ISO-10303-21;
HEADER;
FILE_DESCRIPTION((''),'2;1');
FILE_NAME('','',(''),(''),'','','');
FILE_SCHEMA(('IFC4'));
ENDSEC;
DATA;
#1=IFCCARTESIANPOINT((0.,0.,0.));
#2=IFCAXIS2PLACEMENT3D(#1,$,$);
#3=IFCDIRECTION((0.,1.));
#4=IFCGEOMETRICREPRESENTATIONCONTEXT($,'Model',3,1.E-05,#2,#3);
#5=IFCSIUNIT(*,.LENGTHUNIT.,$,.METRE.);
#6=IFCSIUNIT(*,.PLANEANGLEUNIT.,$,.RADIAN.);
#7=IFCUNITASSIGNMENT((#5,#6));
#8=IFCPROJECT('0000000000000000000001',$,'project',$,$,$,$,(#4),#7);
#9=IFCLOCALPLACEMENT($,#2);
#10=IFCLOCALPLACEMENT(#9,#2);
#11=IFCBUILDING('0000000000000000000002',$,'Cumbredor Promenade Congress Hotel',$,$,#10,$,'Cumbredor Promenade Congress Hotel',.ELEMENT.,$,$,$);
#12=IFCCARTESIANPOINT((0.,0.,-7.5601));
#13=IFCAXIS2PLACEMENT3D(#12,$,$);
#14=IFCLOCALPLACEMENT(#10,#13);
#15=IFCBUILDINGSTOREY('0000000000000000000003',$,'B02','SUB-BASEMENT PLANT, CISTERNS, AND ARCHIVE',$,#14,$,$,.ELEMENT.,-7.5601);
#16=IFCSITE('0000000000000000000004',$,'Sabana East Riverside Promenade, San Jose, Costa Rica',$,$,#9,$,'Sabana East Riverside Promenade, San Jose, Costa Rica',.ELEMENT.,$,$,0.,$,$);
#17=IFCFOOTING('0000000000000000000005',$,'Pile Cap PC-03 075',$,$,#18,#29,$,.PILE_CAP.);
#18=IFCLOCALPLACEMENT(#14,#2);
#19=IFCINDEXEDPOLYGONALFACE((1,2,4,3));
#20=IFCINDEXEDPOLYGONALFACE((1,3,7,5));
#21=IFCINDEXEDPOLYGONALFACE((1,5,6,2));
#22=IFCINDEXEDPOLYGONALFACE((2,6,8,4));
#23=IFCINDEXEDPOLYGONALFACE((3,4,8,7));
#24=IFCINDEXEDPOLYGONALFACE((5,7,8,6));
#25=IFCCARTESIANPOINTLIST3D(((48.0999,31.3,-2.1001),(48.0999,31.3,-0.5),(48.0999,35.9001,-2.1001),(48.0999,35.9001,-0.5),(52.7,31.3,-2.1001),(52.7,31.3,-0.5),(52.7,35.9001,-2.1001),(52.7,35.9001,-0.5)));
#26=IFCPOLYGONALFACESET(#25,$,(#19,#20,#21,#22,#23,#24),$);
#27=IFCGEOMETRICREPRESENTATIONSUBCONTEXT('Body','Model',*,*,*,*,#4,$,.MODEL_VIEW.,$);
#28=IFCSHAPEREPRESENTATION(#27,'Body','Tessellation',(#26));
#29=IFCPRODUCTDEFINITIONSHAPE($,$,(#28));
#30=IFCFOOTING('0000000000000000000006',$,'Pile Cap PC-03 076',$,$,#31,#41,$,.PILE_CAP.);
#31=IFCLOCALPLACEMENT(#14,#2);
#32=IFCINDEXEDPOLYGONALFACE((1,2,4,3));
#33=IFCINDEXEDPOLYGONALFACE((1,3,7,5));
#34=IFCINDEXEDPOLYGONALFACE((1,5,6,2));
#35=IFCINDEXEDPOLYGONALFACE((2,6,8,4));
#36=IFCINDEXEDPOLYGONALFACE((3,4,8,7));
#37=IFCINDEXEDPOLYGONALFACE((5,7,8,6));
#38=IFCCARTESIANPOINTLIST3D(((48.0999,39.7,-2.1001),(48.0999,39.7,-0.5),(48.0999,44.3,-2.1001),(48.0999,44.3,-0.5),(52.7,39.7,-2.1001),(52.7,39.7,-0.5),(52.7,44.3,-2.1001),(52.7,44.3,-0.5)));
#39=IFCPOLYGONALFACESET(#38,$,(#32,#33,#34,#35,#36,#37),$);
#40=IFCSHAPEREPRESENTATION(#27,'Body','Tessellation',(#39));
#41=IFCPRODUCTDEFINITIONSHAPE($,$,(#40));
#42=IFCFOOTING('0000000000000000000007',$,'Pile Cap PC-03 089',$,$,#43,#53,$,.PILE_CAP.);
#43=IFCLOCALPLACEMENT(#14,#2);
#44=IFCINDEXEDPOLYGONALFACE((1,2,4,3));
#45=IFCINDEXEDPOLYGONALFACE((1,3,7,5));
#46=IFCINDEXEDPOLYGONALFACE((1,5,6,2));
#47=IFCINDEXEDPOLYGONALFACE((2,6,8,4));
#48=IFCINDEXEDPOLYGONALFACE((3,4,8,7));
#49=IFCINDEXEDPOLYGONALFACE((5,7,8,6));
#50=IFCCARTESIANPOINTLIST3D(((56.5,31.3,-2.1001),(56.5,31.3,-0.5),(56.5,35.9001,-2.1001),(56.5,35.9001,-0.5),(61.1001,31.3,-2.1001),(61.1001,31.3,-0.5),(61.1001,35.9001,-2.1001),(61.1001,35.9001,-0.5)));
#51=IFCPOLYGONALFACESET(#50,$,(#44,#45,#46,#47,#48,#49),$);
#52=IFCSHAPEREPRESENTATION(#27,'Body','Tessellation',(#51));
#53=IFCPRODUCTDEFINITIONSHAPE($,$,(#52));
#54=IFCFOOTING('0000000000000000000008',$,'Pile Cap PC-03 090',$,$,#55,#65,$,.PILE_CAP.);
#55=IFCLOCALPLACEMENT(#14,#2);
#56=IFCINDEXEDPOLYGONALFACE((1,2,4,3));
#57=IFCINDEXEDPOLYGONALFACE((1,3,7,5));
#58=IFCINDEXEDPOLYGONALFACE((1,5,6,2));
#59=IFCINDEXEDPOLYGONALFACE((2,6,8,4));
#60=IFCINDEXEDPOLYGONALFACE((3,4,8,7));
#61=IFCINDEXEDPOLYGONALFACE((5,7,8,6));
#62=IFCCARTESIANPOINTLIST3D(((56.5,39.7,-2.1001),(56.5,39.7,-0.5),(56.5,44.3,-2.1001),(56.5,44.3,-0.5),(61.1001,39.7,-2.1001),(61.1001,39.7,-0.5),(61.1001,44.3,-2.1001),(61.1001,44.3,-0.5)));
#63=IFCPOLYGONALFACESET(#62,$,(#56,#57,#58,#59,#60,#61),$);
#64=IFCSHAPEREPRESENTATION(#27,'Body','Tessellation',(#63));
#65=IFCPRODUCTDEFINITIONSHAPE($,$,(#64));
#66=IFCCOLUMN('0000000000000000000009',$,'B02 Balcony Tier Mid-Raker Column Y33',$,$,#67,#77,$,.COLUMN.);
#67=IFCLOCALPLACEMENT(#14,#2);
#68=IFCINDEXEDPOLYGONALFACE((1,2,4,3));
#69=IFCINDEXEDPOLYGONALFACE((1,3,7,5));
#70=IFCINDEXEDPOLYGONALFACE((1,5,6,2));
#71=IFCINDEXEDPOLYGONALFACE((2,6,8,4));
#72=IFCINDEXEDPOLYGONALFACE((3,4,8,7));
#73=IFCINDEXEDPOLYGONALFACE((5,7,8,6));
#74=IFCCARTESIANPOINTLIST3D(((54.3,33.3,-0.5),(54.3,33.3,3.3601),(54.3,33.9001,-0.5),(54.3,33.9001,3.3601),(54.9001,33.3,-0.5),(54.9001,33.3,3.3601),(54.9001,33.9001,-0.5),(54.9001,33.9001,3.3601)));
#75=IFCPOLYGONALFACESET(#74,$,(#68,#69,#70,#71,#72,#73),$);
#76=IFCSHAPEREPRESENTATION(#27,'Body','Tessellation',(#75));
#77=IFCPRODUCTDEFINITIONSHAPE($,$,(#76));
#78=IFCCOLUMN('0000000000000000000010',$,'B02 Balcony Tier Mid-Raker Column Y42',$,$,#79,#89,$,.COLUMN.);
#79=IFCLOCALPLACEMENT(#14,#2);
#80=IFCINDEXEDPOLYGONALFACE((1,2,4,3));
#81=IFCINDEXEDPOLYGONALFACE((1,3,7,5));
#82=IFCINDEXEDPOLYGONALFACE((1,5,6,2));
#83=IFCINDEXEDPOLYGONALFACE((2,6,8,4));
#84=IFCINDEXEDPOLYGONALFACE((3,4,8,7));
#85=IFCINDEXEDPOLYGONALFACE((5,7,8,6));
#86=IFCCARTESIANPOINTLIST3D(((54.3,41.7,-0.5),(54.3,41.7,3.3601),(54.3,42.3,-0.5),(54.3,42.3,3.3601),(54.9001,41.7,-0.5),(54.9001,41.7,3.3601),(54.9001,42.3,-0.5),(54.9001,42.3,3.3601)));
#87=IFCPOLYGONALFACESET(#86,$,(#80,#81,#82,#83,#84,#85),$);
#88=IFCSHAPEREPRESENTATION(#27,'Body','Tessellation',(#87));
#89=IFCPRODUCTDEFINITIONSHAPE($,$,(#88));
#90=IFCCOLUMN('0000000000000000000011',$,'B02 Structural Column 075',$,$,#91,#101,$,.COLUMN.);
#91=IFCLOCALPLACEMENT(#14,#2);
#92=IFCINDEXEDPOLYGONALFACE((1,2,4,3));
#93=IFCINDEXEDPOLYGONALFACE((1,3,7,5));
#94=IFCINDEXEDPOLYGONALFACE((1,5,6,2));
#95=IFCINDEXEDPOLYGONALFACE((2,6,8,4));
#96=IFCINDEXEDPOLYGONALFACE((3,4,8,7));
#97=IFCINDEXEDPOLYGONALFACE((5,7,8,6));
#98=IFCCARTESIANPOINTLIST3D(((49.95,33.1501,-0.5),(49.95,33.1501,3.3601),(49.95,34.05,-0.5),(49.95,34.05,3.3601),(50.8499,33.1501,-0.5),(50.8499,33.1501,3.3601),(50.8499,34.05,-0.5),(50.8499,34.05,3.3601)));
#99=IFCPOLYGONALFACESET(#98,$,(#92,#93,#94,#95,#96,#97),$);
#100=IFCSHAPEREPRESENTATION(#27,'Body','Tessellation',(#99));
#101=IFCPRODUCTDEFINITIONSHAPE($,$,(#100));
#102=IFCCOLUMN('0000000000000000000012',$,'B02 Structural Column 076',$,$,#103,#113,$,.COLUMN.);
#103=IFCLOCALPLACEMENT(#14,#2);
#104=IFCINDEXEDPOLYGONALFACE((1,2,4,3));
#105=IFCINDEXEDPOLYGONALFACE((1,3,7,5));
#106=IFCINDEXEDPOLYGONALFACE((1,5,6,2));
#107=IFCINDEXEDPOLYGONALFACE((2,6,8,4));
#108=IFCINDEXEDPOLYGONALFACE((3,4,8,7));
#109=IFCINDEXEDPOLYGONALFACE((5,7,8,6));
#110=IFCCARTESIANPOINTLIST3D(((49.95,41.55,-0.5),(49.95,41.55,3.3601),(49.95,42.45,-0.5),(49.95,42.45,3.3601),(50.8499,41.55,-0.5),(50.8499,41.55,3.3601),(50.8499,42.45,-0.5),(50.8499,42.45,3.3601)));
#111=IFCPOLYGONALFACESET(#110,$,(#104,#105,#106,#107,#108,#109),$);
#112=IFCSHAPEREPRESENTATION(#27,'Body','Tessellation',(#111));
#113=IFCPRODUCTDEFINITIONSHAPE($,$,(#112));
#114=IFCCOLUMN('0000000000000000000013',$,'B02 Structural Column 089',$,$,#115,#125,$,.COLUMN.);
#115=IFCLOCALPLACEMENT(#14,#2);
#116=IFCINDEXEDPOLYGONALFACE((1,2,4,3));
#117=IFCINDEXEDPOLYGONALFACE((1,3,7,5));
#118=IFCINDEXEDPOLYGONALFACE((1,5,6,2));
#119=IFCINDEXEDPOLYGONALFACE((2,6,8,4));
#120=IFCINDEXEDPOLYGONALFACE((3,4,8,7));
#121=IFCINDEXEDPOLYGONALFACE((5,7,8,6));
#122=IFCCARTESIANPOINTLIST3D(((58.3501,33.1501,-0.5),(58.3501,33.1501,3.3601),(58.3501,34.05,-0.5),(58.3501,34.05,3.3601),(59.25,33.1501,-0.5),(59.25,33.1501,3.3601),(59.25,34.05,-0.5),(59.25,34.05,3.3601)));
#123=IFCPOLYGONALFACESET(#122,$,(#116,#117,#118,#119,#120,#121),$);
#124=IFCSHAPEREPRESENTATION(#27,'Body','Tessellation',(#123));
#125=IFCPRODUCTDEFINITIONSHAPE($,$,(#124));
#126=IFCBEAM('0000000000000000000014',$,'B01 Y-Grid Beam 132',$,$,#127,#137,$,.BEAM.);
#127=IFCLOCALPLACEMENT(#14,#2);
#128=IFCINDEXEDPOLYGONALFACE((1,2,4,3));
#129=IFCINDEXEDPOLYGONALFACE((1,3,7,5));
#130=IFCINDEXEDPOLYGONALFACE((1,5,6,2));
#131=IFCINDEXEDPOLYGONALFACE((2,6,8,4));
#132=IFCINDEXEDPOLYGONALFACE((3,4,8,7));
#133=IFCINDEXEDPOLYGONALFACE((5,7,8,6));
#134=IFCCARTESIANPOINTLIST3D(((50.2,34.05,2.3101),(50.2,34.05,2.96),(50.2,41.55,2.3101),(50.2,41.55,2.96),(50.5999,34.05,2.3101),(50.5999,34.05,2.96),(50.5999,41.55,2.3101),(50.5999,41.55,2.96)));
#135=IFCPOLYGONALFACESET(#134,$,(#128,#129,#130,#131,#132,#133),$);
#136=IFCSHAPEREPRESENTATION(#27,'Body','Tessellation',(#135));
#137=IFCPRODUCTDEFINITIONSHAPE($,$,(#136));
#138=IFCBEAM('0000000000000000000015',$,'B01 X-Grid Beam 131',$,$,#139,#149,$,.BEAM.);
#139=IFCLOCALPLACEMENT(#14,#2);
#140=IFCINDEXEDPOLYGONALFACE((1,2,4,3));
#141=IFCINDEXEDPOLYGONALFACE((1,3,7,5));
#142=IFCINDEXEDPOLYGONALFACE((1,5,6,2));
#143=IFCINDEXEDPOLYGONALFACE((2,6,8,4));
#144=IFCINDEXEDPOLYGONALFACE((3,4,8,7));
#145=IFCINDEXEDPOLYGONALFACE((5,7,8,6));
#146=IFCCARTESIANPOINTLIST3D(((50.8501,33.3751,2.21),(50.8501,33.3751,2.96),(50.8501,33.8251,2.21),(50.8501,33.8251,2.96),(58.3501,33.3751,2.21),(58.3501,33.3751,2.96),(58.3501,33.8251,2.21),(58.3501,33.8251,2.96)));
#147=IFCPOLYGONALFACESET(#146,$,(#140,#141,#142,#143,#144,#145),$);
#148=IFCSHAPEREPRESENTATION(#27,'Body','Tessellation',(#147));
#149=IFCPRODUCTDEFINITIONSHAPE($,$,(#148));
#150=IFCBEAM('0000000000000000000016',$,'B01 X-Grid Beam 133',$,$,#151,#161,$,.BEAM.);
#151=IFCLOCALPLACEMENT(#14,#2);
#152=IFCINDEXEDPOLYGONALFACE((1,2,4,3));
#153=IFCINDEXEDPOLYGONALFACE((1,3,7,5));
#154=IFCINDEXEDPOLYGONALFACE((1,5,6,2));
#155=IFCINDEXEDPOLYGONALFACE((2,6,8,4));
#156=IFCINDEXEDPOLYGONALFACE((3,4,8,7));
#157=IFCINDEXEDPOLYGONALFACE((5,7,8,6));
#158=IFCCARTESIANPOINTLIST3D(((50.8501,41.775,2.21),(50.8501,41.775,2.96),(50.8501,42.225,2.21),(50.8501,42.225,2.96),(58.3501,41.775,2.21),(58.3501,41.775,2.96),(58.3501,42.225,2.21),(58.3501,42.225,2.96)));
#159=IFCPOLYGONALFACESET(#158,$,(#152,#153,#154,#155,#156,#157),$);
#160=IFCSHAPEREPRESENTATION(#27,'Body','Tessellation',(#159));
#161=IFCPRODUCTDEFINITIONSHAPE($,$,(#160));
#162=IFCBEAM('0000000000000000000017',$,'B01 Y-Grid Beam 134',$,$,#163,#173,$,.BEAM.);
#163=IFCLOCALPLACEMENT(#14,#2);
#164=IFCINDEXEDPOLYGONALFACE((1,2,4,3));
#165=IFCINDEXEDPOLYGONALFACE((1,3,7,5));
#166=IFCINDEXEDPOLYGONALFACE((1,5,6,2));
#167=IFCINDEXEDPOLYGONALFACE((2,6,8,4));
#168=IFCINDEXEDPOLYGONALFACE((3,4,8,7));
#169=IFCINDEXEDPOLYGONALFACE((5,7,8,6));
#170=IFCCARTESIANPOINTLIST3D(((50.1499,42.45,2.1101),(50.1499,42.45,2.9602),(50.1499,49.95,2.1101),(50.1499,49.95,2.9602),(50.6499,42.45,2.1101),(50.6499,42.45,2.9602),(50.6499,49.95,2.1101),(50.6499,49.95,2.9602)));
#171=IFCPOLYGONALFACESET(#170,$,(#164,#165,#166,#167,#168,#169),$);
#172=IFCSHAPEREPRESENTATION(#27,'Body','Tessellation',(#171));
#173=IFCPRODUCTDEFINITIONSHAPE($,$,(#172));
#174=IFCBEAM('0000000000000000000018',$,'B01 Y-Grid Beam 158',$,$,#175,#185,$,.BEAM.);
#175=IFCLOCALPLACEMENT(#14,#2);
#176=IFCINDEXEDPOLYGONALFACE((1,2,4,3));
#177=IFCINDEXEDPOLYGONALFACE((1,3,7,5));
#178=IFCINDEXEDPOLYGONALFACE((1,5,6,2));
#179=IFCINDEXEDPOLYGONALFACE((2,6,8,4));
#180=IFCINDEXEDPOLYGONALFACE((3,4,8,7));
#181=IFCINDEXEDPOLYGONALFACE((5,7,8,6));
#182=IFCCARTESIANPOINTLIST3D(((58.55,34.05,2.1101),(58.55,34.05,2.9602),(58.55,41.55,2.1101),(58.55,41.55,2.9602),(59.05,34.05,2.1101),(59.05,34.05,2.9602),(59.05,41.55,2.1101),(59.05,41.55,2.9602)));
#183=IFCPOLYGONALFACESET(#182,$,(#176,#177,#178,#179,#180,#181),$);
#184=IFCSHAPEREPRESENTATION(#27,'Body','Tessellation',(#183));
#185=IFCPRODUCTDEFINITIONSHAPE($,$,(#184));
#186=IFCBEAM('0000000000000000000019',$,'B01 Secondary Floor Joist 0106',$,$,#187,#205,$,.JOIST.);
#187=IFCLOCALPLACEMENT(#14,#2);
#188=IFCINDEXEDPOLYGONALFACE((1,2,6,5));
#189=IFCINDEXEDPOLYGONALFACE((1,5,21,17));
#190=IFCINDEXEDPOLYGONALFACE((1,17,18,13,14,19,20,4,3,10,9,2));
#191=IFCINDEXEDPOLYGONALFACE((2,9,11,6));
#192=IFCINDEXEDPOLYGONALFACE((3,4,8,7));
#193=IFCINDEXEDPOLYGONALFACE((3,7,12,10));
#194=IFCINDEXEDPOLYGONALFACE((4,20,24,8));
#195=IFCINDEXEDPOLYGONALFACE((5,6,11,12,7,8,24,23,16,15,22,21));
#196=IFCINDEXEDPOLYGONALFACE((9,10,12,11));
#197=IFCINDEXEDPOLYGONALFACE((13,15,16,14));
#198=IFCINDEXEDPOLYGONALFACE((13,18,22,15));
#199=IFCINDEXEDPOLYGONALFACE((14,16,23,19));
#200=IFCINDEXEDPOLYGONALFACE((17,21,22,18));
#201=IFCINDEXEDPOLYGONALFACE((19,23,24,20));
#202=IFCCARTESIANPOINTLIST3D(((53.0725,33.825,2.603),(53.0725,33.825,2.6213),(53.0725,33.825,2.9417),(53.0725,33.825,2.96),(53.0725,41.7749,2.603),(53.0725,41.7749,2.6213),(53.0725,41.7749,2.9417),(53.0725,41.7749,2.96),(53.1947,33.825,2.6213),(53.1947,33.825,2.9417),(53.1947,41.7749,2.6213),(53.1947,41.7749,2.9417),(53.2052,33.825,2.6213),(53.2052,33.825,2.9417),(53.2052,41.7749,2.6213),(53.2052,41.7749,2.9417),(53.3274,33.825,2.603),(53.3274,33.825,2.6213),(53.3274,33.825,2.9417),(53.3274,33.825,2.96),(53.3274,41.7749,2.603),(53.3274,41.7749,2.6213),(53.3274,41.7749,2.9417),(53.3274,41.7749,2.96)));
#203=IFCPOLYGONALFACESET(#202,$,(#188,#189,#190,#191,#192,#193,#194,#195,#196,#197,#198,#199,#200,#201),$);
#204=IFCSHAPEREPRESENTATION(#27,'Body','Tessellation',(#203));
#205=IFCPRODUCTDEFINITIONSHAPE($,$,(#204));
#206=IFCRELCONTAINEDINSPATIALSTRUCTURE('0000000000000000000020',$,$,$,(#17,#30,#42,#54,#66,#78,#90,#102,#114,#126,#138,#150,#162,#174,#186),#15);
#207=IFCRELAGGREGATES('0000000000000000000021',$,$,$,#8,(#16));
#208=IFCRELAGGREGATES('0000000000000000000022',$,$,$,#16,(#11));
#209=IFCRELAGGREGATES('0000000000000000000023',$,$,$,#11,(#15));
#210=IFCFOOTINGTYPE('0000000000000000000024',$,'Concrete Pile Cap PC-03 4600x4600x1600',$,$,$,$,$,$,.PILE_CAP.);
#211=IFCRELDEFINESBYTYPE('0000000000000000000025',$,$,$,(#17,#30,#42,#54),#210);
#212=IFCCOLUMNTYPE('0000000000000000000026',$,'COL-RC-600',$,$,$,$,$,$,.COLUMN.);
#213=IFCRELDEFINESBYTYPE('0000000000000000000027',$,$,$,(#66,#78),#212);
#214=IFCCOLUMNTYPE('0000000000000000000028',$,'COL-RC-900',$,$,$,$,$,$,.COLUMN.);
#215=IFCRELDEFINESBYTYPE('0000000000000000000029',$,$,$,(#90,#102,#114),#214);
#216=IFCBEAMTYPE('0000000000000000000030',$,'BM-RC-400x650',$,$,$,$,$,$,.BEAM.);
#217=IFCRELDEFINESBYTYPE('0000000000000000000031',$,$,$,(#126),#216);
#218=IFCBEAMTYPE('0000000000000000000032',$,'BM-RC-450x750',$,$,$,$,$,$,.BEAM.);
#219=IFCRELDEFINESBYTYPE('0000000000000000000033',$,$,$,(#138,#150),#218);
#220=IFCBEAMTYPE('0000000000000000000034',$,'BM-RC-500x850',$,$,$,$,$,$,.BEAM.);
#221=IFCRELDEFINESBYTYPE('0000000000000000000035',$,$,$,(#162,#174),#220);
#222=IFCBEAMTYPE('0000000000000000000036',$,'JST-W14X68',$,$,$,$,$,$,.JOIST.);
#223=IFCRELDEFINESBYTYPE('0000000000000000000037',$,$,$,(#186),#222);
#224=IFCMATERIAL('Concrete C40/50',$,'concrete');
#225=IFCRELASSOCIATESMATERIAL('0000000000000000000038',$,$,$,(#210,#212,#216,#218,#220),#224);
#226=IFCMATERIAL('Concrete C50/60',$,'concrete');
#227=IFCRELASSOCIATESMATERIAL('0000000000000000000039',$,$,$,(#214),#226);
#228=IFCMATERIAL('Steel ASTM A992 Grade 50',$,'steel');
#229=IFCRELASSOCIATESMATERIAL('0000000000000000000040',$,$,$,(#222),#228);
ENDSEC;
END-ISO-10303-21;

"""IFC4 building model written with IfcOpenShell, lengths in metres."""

from ifc_helpers import new_model, si_unit, direction, frame, origin, origin_2d, place, context, subcontext, project, spatial, rectangle, i_section, extrude, material, material_profile, profile_set, type_object, element, save


model = new_model("IFC4")

# Units and contexts
model_context = context("Model", 3, precision=1e-05, world=origin(), true_north=direction((0.0, 1.0)))
body_context = subcontext(model_context, "Body", "Model", "MODEL_VIEW")
ifc_project = project(units=[si_unit("LENGTHUNIT", "METRE"), si_unit("PLANEANGLEUNIT", "RADIAN")], contexts=[model_context])

# Site, building, storey
site_placement = place(None, origin())
site = spatial("IfcSite", under=ifc_project, at=site_placement, Name="Sabana East Riverside Promenade, San Jose, Costa Rica", LongName="Sabana East Riverside Promenade, San Jose, Costa Rica", CompositionType="ELEMENT", RefElevation=0.0)
building_placement = place(site_placement, origin())
building = spatial("IfcBuilding", under=site, at=building_placement, Name="Cumbredor Promenade Congress Hotel", LongName="Cumbredor Promenade Congress Hotel", CompositionType="ELEMENT")
storey_placement = place(building_placement, frame((0.0, 0.0, -7.5601)))
storey = spatial("IfcBuildingStorey", under=building, at=storey_placement, Name="B02", Description="SUB-BASEMENT PLANT, CISTERNS, AND ARCHIVE", CompositionType="ELEMENT", Elevation=-7.5601)

# Shared definitions
ifc_material_1 = material(Name="Concrete C40/50", Category="concrete")

# Footings
footing_type_1 = type_object("IfcFootingType", Name="Concrete Pile Cap PC-03 4600x4600x1600", PredefinedType="PILE_CAP", material=ifc_material_1)
for number, where, z_axis, x_axis, name in (
    (1, (50.3999, 33.6001, -2.1001), (0.0, 0.0, 1.0), (1.0, 0.0, 0.0), "Pile Cap PC-03 075"),
    (2, (50.3999, 42.0, -2.1001), (0.0, 0.0, 1.0), (1.0, 0.0, 0.0), "Pile Cap PC-03 076"),
    (3, (58.8, 33.6001, -2.1001), (0.0, 0.0, 1.0), (1.0, 0.0, 0.0), "Pile Cap PC-03 089"),
    (4, (58.8, 42.0, -2.1001), (0.0, 0.0, 1.0), (1.0, 0.0, 0.0), "Pile Cap PC-03 090"),
):
    element("IfcFooting", number, at=place(storey_placement, frame(where, z_axis=z_axis, x_axis=x_axis)), inside=storey, type_object=footing_type_1, Name=name, PredefinedType="PILE_CAP", context=body_context, shape_type="SweptSolid", body=[
        extrude(rectangle(XDim=4.6001, YDim=4.6001, at=origin_2d()), origin(), (0.0, 0.0, 1.0), 1.6001),
    ])

# Columns
ifc_material_profile_1 = material_profile(ifc_material_1, rectangle(XDim=0.6001, YDim=0.6001, at=origin_2d()), Name="RC 600x600")
ifc_profile_set_1 = profile_set([ifc_material_profile_1], Name="Concrete C40/50")
column_type_1 = type_object("IfcColumnType", Name="COL-RC-600", PredefinedType="COLUMN", material=ifc_profile_set_1)
for number, where, z_axis, x_axis, name in (
    (5, (54.6001, 33.6001, -0.5), (0.0, 0.0, 1.0), (1.0, 0.0, 0.0), "B02 Balcony Tier Mid-Raker Column Y33"),
    (6, (54.6001, 42.0, -0.5), (0.0, 0.0, 1.0), (1.0, 0.0, 0.0), "B02 Balcony Tier Mid-Raker Column Y42"),
):
    element("IfcColumn", number, at=place(storey_placement, frame(where, z_axis=z_axis, x_axis=x_axis)), inside=storey, type_object=column_type_1, Name=name, PredefinedType="COLUMN", context=body_context, shape_type="SweptSolid", body=[
        extrude(rectangle(XDim=0.6001, YDim=0.6001, at=origin_2d()), origin(), (0.0, 0.0, 1.0), 3.8601),
    ])
ifc_material_2 = material(Name="Concrete C50/60", Category="concrete")
ifc_material_profile_2 = material_profile(ifc_material_2, rectangle(XDim=0.8999, YDim=0.8999, at=origin_2d()), Name="RC 900x900")
ifc_profile_set_2 = profile_set([ifc_material_profile_2], Name="Concrete C50/60")
column_type_2 = type_object("IfcColumnType", Name="COL-RC-900", PredefinedType="COLUMN", material=ifc_profile_set_2)
for number, where, z_axis, x_axis, name in (
    (7, (50.3999, 33.6001, -0.5), (0.0, 0.0, 1.0), (1.0, 0.0, 0.0), "B02 Structural Column 075"),
    (8, (50.3999, 42.0, -0.5), (0.0, 0.0, 1.0), (1.0, 0.0, 0.0), "B02 Structural Column 076"),
    (9, (58.8, 33.6001, -0.5), (0.0, 0.0, 1.0), (1.0, 0.0, 0.0), "B02 Structural Column 089"),
):
    element("IfcColumn", number, at=place(storey_placement, frame(where, z_axis=z_axis, x_axis=x_axis)), inside=storey, type_object=column_type_2, Name=name, PredefinedType="COLUMN", context=body_context, shape_type="SweptSolid", body=[
        extrude(rectangle(XDim=0.8999, YDim=0.8999, at=origin_2d()), origin(), (0.0, 0.0, 1.0), 3.8601),
    ])

# Beams
ifc_material_profile_3 = material_profile(ifc_material_1, rectangle(XDim=0.3999, YDim=0.6499, at=origin_2d()), Name="RC BEAM 400x650")
ifc_profile_set_3 = profile_set([ifc_material_profile_3], Name="Concrete C40/50")
beam_type_1 = type_object("IfcBeamType", Name="BM-RC-400x650", PredefinedType="BEAM", material=ifc_profile_set_3)
beam_placement = place(storey_placement, frame((50.3999, 34.05, 2.635), z_axis=(0.0, 1.0, 0.0), x_axis=(-1.0, 0.0, 0.0)))
element("IfcBeam", 10, at=beam_placement, inside=storey, type_object=beam_type_1, Name="B01 Y-Grid Beam 132", PredefinedType="BEAM", context=body_context, shape_type="SweptSolid", body=[
    extrude(rectangle(XDim=0.3999, YDim=0.6499, at=origin_2d()), origin(), (0.0, 0.0, 1.0), 7.5),
])
ifc_material_profile_4 = material_profile(ifc_material_1, rectangle(XDim=0.45, YDim=0.75, at=origin_2d()), Name="RC BEAM 450x750")
ifc_profile_set_4 = profile_set([ifc_material_profile_4], Name="Concrete C40/50")
beam_type_2 = type_object("IfcBeamType", Name="BM-RC-450x750", PredefinedType="BEAM", material=ifc_profile_set_4)
for number, where, z_axis, x_axis, name in (
    (11, (50.8501, 33.6001, 2.585), (1.0, 0.0, 0.0), (0.0, 1.0, 0.0), "B01 X-Grid Beam 131"),
    (12, (50.8501, 42.0, 2.585), (1.0, 0.0, 0.0), (0.0, 1.0, 0.0), "B01 X-Grid Beam 133"),
):
    element("IfcBeam", number, at=place(storey_placement, frame(where, z_axis=z_axis, x_axis=x_axis)), inside=storey, type_object=beam_type_2, Name=name, PredefinedType="BEAM", context=body_context, shape_type="SweptSolid", body=[
        extrude(rectangle(XDim=0.45, YDim=0.75, at=origin_2d()), origin(), (0.0, 0.0, 1.0), 7.5),
    ])
ifc_material_profile_5 = material_profile(ifc_material_1, rectangle(XDim=0.5, YDim=0.8501, at=origin_2d()), Name="RC BEAM 500x850")
ifc_profile_set_5 = profile_set([ifc_material_profile_5], Name="Concrete C40/50")
beam_type_3 = type_object("IfcBeamType", Name="BM-RC-500x850", PredefinedType="BEAM", material=ifc_profile_set_5)
for number, where, z_axis, x_axis, name in (
    (13, (50.3999, 42.45, 2.5352), (0.0, 1.0, 0.0), (-1.0, 0.0, 0.0), "B01 Y-Grid Beam 134"),
    (14, (58.8, 34.05, 2.5352), (0.0, 1.0, 0.0), (-1.0, 0.0, 0.0), "B01 Y-Grid Beam 158"),
):
    element("IfcBeam", number, at=place(storey_placement, frame(where, z_axis=z_axis, x_axis=x_axis)), inside=storey, type_object=beam_type_3, Name=name, PredefinedType="BEAM", context=body_context, shape_type="SweptSolid", body=[
        extrude(rectangle(XDim=0.5, YDim=0.8501, at=origin_2d()), origin(), (0.0, 0.0, 1.0), 7.5),
    ])
ifc_material_3 = material(Name="Steel ASTM A992 Grade 50", Category="steel")
ifc_material_profile_6 = material_profile(ifc_material_3, i_section(OverallWidth=0.2549, OverallDepth=0.3569, WebThickness=0.0105, FlangeThickness=0.0183, at=origin_2d()), Name="W14X68")
ifc_profile_set_6 = profile_set([ifc_material_profile_6], Name="Steel ASTM A992 Grade 50")
beam_type_4 = type_object("IfcBeamType", Name="JST-W14X68", PredefinedType="JOIST", material=ifc_profile_set_6)
for number, where, z_axis, x_axis, name in (
    (15, (53.2, 33.825, 2.7815), (0.0, 1.0, 0.0), (-1.0, 0.0, 0.0), "B01 Secondary Floor Joist 0106"),
):
    element("IfcBeam", number, at=place(storey_placement, frame(where, z_axis=z_axis, x_axis=x_axis)), inside=storey, type_object=beam_type_4, Name=name, PredefinedType="JOIST", context=body_context, shape_type="SweptSolid", body=[
        extrude(i_section(OverallWidth=0.2549, OverallDepth=0.3569, WebThickness=0.0105, FlangeThickness=0.0183, at=origin_2d()), origin(), (0.0, 0.0, 1.0), 7.95),
    ])

save(model, "model.ifc")
